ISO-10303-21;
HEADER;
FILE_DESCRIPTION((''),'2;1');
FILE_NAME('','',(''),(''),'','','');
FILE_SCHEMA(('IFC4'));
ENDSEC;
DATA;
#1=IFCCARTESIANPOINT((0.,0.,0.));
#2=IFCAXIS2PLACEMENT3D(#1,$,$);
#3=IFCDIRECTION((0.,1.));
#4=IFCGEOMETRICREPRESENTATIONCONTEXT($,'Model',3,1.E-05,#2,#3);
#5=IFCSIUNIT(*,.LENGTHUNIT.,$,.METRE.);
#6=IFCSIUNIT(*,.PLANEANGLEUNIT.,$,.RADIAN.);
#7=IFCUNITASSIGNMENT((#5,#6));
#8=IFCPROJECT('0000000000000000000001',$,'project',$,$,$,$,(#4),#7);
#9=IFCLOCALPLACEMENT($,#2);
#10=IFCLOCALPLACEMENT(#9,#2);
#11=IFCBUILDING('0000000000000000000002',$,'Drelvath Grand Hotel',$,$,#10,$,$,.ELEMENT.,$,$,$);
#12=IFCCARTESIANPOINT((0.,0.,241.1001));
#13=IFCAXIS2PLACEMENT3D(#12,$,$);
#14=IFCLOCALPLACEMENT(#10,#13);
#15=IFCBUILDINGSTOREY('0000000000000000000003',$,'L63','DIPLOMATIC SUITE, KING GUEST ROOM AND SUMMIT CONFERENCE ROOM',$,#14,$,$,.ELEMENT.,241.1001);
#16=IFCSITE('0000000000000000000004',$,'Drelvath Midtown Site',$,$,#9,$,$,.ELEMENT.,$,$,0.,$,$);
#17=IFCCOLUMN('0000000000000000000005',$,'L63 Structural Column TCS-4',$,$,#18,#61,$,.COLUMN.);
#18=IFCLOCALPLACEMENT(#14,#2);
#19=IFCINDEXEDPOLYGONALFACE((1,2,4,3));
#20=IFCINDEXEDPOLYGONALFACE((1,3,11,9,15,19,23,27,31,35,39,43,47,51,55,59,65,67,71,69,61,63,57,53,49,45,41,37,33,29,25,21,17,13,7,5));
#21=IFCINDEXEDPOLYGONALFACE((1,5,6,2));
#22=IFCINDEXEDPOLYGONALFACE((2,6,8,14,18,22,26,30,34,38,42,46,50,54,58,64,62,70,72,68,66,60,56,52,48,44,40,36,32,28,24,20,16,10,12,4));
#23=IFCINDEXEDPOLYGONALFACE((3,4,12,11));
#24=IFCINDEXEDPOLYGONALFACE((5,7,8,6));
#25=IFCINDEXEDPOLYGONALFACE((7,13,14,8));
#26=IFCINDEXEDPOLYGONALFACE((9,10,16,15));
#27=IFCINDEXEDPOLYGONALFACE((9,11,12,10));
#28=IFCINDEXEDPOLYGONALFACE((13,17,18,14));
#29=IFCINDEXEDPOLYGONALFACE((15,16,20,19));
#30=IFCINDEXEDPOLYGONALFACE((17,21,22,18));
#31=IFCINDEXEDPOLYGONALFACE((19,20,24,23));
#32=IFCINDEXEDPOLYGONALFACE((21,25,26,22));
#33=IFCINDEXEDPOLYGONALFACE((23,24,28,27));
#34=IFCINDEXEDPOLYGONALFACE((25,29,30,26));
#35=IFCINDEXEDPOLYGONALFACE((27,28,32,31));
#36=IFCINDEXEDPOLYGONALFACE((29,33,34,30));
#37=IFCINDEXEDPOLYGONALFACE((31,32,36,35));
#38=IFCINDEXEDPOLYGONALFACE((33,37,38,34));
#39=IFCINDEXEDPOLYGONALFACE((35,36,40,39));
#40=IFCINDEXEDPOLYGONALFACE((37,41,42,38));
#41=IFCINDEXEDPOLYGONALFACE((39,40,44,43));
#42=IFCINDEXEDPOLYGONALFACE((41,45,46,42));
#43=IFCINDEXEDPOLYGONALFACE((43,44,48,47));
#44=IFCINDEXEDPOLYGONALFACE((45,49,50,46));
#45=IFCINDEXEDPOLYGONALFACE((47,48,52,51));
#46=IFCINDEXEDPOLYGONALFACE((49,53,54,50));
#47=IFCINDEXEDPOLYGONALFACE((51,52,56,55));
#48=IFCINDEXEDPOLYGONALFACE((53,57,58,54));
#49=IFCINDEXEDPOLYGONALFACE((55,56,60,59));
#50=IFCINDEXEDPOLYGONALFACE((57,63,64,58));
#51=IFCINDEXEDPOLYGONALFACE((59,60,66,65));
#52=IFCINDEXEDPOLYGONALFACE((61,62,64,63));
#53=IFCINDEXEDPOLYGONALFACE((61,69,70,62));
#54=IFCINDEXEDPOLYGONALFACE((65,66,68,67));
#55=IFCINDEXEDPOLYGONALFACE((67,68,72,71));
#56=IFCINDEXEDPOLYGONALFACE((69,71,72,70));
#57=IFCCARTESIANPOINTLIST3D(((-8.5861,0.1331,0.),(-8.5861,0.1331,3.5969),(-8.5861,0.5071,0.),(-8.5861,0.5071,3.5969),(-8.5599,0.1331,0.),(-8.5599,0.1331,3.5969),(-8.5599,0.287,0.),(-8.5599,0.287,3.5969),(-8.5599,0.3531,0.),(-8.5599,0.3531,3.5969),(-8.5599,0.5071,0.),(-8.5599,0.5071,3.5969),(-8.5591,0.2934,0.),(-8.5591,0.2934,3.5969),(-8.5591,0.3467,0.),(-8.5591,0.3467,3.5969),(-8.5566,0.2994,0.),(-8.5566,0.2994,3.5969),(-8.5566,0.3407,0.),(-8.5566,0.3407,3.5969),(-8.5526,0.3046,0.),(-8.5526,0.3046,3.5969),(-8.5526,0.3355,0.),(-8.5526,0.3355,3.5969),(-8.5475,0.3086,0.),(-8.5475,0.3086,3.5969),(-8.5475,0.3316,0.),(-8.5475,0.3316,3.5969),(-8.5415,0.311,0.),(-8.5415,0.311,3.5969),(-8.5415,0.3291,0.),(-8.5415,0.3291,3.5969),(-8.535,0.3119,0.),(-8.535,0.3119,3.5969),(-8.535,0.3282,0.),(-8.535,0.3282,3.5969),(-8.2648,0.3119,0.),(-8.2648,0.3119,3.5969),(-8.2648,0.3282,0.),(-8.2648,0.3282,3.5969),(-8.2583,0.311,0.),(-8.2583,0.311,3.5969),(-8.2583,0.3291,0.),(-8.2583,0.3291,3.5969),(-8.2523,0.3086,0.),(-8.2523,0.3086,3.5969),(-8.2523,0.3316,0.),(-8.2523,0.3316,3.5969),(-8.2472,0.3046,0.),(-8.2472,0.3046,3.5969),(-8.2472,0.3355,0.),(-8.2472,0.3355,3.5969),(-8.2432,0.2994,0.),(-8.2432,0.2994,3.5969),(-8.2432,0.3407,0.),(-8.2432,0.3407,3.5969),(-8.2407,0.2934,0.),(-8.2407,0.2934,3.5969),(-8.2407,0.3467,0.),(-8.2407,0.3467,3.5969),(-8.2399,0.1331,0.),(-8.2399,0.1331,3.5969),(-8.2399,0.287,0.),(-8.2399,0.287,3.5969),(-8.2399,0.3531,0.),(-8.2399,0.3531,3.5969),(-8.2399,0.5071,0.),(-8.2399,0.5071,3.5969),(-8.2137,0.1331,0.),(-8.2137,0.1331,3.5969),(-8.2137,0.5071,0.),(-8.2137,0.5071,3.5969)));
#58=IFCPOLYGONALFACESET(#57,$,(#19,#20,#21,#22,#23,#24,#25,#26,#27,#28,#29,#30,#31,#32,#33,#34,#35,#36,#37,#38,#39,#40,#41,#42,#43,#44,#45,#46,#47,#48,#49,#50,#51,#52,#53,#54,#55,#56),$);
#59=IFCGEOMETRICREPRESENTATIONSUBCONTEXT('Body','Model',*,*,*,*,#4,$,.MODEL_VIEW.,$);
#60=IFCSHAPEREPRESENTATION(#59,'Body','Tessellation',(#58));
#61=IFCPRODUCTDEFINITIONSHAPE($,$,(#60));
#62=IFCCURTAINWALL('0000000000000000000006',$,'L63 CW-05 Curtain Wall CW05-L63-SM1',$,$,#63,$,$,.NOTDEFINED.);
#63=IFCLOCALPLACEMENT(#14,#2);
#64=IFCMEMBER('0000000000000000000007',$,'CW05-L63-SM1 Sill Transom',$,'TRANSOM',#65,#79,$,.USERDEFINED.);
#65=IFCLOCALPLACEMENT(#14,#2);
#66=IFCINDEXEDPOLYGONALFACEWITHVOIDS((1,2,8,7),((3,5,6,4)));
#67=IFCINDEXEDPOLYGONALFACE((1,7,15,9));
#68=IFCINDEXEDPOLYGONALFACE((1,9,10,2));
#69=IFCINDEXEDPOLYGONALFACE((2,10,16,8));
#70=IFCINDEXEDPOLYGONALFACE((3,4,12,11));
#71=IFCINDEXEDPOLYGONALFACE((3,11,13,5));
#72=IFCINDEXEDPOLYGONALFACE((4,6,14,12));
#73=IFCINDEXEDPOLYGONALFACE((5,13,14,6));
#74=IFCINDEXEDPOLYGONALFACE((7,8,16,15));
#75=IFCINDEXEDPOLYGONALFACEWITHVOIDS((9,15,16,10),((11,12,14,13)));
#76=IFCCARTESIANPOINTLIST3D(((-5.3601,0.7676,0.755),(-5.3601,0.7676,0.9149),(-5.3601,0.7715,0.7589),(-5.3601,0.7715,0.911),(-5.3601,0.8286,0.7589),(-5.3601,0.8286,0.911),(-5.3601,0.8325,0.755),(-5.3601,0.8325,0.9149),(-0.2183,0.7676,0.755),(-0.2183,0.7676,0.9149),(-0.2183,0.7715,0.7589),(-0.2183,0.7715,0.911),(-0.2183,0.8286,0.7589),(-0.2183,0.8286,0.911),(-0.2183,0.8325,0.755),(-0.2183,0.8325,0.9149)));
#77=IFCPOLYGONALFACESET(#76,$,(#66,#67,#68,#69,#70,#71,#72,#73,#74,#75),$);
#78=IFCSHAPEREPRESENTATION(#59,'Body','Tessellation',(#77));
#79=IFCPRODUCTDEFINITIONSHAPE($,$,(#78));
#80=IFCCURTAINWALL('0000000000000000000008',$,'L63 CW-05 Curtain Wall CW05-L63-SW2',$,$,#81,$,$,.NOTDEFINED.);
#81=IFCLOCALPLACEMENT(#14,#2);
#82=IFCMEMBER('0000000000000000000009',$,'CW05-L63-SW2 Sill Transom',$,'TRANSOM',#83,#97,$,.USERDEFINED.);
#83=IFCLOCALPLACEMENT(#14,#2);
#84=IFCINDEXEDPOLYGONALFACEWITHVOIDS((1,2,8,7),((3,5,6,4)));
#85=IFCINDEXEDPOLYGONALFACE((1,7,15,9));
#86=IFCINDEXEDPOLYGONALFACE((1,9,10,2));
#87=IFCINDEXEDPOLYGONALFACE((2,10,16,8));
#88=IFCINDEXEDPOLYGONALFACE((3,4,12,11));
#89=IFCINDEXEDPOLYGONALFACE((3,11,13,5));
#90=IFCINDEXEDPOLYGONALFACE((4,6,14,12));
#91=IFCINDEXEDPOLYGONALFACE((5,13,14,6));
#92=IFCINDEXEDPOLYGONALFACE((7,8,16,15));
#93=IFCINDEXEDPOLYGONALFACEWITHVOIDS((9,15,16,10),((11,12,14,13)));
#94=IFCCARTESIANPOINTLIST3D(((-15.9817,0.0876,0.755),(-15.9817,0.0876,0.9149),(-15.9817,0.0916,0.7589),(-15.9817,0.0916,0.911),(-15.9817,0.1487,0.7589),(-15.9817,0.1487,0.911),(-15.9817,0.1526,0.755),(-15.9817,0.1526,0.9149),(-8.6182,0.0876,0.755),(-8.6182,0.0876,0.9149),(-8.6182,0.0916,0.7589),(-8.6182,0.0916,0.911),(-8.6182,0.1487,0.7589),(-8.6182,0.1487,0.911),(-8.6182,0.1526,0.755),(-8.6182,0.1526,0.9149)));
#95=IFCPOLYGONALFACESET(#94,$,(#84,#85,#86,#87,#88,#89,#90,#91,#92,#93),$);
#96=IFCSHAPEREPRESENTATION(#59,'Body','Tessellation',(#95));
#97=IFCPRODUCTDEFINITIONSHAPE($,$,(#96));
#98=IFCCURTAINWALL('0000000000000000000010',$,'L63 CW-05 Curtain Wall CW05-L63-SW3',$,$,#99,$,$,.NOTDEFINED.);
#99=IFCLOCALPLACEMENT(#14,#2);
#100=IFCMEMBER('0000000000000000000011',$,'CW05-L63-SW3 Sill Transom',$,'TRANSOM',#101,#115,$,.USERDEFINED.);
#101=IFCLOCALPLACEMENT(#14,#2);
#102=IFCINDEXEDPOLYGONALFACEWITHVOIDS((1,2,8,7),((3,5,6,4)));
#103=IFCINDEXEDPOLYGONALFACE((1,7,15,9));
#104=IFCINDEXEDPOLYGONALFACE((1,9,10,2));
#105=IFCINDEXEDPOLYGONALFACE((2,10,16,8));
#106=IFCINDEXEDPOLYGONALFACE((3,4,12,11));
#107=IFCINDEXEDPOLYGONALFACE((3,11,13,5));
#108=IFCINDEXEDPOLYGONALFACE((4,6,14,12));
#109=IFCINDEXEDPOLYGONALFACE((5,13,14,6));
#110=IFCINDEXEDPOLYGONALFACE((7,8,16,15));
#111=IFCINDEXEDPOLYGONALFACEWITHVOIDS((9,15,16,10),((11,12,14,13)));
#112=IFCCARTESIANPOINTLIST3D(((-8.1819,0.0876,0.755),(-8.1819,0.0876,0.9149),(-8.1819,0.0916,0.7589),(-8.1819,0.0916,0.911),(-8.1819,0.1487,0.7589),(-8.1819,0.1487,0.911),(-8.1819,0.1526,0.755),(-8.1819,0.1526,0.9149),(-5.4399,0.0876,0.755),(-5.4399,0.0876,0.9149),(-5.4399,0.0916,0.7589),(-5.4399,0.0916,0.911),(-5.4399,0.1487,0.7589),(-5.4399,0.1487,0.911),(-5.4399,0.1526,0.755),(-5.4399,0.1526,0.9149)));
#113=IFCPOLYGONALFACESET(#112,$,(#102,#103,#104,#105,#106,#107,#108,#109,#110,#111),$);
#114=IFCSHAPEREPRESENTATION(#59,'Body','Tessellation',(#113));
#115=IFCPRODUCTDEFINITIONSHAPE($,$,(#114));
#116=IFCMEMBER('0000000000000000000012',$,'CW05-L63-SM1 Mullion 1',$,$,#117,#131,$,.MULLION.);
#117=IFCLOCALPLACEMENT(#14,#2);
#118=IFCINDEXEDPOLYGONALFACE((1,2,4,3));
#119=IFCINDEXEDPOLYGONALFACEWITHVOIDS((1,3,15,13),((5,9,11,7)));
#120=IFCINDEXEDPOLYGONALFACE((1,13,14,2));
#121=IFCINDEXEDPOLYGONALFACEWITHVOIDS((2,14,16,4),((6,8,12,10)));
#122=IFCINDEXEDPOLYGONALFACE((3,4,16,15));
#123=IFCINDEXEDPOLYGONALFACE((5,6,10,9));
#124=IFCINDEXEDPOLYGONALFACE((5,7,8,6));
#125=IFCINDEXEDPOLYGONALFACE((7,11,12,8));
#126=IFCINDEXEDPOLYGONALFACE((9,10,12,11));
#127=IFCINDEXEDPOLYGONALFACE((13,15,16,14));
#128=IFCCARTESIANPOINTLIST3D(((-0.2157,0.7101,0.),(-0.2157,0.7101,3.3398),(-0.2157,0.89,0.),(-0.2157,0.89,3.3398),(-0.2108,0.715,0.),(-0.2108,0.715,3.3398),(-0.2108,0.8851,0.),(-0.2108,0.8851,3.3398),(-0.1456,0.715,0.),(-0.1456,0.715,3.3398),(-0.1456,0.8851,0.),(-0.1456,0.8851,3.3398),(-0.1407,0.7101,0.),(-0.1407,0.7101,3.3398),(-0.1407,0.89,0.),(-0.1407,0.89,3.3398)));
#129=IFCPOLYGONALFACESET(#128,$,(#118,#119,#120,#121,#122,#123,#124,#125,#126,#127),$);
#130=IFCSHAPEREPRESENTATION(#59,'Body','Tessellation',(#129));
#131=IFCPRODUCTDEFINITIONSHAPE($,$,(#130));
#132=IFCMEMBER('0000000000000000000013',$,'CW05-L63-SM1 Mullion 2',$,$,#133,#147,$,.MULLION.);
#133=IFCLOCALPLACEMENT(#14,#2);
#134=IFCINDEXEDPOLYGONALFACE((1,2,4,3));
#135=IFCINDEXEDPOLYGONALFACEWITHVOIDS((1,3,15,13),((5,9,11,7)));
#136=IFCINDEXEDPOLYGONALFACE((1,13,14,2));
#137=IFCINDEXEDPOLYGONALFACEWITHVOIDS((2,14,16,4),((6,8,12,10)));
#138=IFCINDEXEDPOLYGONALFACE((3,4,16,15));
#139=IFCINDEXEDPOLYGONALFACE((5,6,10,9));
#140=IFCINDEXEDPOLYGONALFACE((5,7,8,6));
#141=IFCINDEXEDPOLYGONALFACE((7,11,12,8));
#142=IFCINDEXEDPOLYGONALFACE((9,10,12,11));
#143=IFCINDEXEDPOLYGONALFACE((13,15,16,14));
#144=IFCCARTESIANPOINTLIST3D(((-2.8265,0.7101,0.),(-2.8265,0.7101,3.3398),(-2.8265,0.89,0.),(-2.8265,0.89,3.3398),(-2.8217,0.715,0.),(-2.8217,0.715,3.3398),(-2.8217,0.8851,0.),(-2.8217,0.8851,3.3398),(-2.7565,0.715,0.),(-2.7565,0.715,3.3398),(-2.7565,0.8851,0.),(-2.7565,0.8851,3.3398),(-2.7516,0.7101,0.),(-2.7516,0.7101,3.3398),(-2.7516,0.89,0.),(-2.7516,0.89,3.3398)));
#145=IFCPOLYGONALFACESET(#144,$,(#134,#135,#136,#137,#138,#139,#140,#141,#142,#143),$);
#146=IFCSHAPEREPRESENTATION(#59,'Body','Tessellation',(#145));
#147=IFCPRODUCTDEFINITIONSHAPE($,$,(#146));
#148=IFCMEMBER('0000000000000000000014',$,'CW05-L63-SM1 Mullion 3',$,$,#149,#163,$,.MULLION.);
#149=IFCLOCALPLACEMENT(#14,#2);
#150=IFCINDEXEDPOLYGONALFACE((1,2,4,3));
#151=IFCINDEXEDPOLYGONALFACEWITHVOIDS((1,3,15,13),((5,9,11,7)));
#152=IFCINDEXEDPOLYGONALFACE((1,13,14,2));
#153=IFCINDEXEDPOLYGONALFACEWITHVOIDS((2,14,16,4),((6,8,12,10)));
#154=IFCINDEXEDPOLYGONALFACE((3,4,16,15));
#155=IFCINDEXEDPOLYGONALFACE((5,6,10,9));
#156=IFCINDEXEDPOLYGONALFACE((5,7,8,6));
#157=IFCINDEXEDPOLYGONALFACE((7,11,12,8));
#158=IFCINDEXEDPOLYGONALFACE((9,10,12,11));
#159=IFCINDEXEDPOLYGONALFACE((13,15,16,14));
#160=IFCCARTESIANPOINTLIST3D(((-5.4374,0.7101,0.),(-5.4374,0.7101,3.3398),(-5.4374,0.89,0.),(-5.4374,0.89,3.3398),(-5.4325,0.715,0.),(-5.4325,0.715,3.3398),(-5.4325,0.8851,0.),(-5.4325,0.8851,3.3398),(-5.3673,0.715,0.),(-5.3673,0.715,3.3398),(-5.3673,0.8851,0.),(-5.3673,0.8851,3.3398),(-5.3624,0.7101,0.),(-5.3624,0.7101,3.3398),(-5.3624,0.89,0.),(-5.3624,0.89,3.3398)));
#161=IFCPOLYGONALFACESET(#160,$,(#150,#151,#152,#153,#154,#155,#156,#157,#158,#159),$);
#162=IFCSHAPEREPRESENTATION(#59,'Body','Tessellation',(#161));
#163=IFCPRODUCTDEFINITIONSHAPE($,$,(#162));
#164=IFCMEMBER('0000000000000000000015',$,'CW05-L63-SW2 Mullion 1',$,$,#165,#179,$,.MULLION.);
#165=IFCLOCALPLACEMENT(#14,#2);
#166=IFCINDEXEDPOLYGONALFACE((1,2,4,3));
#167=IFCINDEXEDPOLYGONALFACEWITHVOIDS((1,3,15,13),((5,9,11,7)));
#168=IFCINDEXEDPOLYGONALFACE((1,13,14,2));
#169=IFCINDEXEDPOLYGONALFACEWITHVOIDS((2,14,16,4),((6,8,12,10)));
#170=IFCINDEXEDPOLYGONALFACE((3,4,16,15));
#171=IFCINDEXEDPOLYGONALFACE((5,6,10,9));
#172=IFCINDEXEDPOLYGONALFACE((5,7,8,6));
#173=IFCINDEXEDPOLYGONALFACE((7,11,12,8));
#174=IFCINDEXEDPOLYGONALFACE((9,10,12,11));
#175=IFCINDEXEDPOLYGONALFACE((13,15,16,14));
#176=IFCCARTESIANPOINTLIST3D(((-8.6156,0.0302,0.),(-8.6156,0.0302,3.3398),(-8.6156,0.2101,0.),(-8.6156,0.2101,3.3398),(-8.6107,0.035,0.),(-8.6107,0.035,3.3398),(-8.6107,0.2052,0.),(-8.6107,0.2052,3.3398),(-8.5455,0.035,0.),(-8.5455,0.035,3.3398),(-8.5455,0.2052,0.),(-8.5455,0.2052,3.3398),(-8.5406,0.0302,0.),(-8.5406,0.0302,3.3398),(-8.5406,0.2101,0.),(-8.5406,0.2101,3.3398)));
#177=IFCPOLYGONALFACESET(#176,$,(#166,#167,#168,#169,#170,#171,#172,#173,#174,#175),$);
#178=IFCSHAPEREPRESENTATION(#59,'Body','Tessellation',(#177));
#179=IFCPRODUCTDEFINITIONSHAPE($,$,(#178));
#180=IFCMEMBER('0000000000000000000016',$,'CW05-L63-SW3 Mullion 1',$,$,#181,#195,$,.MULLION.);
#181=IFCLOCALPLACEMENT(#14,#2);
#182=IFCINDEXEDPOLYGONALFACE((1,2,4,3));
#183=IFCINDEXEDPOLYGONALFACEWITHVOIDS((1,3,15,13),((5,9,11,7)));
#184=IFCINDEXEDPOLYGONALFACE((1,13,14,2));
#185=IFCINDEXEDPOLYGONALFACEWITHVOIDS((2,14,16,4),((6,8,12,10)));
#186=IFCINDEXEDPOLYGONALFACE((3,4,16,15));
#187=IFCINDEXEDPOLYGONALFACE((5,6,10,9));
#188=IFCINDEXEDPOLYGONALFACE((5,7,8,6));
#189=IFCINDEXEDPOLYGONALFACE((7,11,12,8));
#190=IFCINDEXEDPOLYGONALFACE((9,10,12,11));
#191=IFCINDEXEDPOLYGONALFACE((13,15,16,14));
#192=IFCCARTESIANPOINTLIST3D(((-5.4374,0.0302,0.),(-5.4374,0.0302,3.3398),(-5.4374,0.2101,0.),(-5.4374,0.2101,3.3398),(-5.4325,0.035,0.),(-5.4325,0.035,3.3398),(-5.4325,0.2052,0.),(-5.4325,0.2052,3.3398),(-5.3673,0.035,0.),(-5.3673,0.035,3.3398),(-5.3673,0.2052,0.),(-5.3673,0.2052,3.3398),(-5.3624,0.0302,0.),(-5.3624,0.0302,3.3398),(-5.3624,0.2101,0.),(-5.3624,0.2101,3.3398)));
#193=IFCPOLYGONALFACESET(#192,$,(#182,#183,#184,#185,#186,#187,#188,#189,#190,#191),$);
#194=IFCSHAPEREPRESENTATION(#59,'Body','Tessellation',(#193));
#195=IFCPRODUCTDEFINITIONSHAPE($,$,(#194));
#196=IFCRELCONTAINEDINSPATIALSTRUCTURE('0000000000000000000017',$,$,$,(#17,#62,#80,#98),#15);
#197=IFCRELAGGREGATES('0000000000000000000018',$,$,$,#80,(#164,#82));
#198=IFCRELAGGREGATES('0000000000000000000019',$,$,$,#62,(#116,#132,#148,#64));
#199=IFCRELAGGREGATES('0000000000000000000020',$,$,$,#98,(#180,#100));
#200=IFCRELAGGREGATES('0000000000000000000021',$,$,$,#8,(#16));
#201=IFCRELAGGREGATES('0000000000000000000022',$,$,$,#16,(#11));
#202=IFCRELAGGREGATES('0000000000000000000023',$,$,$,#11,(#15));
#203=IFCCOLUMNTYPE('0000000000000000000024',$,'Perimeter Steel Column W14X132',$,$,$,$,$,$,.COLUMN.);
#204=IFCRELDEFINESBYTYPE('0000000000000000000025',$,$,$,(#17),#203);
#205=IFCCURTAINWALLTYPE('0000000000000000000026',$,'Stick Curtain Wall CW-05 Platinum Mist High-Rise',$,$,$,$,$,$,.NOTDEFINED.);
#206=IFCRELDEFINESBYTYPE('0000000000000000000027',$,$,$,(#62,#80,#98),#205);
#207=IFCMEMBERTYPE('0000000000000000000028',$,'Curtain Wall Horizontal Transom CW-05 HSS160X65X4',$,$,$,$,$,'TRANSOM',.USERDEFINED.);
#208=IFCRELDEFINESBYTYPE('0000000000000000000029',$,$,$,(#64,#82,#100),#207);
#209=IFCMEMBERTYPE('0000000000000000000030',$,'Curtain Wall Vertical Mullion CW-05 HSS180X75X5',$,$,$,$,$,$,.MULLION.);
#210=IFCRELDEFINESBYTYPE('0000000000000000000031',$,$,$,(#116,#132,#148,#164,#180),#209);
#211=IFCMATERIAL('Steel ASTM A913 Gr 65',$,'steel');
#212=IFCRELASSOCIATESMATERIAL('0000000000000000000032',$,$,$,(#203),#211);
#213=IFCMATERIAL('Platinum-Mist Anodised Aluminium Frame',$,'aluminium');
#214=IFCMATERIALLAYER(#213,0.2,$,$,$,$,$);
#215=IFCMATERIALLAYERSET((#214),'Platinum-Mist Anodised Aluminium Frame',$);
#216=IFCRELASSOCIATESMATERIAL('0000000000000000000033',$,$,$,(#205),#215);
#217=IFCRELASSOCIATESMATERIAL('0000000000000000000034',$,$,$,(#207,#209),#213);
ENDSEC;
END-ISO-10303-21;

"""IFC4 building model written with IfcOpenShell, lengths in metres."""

from ifc_helpers import new_model, si_unit, direction, frame, origin, origin_2d, place, context, subcontext, project, spatial, hollow_rectangle, i_section, extrude, material, layer, layer_set, material_profile, profile_set, type_object, element, aggregate, save


model = new_model("IFC4")

# Units and contexts
model_context = context("Model", 3, precision=1e-05, world=origin(), true_north=direction((0.0, 1.0)))
body_context = subcontext(model_context, "Body", "Model", "MODEL_VIEW")
ifc_project = project(units=[si_unit("LENGTHUNIT", "METRE"), si_unit("PLANEANGLEUNIT", "RADIAN")], contexts=[model_context])

# Site, building, storey
site_placement = place(None, origin())
site = spatial("IfcSite", under=ifc_project, at=site_placement, Name="Drelvath Midtown Site", CompositionType="ELEMENT", RefElevation=0.0)
building_placement = place(site_placement, origin())
building = spatial("IfcBuilding", under=site, at=building_placement, Name="Drelvath Grand Hotel", CompositionType="ELEMENT")
storey_placement = place(building_placement, frame((0.0, 0.0, 241.1001)))
storey = spatial("IfcBuildingStorey", under=building, at=storey_placement, Name="L63", Description="DIPLOMATIC SUITE, KING GUEST ROOM AND SUMMIT CONFERENCE ROOM", CompositionType="ELEMENT", Elevation=241.1001)

# Column
ifc_material_1 = material(Name="Steel ASTM A913 Gr 65", Category="steel")
ifc_material_profile_1 = material_profile(ifc_material_1, i_section(OverallWidth=0.374, OverallDepth=0.3723, WebThickness=0.0164, FlangeThickness=0.0261, FilletRadius=0.0249, at=origin_2d()), Name="W14X132")
ifc_profile_set_1 = profile_set([ifc_material_profile_1], Name="Steel ASTM A913 Gr 65")
column_type = type_object("IfcColumnType", Name="Perimeter Steel Column W14X132", PredefinedType="COLUMN", material=ifc_profile_set_1)
column_placement = place(storey_placement, frame((-8.3999, 0.3201, 0.0), z_axis=(0.0, 0.0, 1.0), x_axis=(0.0, 1.0, 0.0)))
element("IfcColumn", 1, at=column_placement, inside=storey, type_object=column_type, Name="L63 Structural Column TCS-4", PredefinedType="COLUMN", context=body_context, shape_type="SweptSolid", body=[
    extrude(i_section(OverallWidth=0.374, OverallDepth=0.3723, WebThickness=0.0164, FlangeThickness=0.0261, FilletRadius=0.0249, at=origin_2d()), origin(), (0.0, 0.0, 1.0), 3.5969),
])

# Curtain walls, members
ifc_material_2 = material(Name="Platinum-Mist Anodised Aluminium Frame", Category="aluminium")
ifc_layer_1 = layer(ifc_material_2, 0.2)
ifc_layer_set_1 = layer_set([ifc_layer_1], Name="Platinum-Mist Anodised Aluminium Frame")
curtain_wall_type = type_object("IfcCurtainWallType", Name="Stick Curtain Wall CW-05 Platinum Mist High-Rise", PredefinedType="NOTDEFINED", material=ifc_layer_set_1)
curtain_wall_1_placement = place(storey_placement, origin())
curtain_wall_1 = element("IfcCurtainWall", 2, at=curtain_wall_1_placement, inside=storey, type_object=curtain_wall_type, Name="L63 CW-05 Curtain Wall CW05-L63-SM1", PredefinedType="NOTDEFINED")
ifc_material_profile_2 = material_profile(ifc_material_2, hollow_rectangle(XDim=0.0649, YDim=0.1599, WallThickness=0.0039, at=origin_2d()), Name="HSS160X65X4")
ifc_profile_set_2 = profile_set([ifc_material_profile_2], Name="Platinum-Mist Anodised Aluminium Frame")
member_type_1 = type_object("IfcMemberType", Name="Curtain Wall Horizontal Transom CW-05 HSS160X65X4", ElementType="TRANSOM", PredefinedType="USERDEFINED", material=ifc_profile_set_2)
member_1_placement = place(storey_placement, frame((-0.2183, 0.8, 0.835), z_axis=(-1.0, 0.0, 0.0), x_axis=(0.0, -1.0, 0.0)))
member_1 = element("IfcMember", 3, at=member_1_placement, type_object=member_type_1, Name="CW05-L63-SM1 Sill Transom", ObjectType="TRANSOM", PredefinedType="USERDEFINED", context=body_context, shape_type="SweptSolid", body=[
    extrude(hollow_rectangle(XDim=0.0649, YDim=0.1599, WallThickness=0.0039, at=origin_2d()), origin(), (0.0, 0.0, 1.0), 5.1418),
])
curtain_wall_2_placement = place(storey_placement, origin())
curtain_wall_2 = element("IfcCurtainWall", 4, at=curtain_wall_2_placement, inside=storey, type_object=curtain_wall_type, Name="L63 CW-05 Curtain Wall CW05-L63-SW2", PredefinedType="NOTDEFINED")
member_2_placement = place(storey_placement, frame((-8.6182, 0.1201, 0.835), z_axis=(-1.0, 0.0, 0.0), x_axis=(0.0, -1.0, 0.0)))
member_2 = element("IfcMember", 5, at=member_2_placement, type_object=member_type_1, Name="CW05-L63-SW2 Sill Transom", ObjectType="TRANSOM", PredefinedType="USERDEFINED", context=body_context, shape_type="SweptSolid", body=[
    extrude(hollow_rectangle(XDim=0.0649, YDim=0.1599, WallThickness=0.0039, at=origin_2d()), origin(), (0.0, 0.0, 1.0), 7.3635),
])
curtain_wall_3_placement = place(storey_placement, origin())
curtain_wall_3 = element("IfcCurtainWall", 6, at=curtain_wall_3_placement, inside=storey, type_object=curtain_wall_type, Name="L63 CW-05 Curtain Wall CW05-L63-SW3", PredefinedType="NOTDEFINED")
member_3_placement = place(storey_placement, frame((-5.4399, 0.1201, 0.835), z_axis=(-1.0, 0.0, 0.0), x_axis=(0.0, -1.0, 0.0)))
member_3 = element("IfcMember", 7, at=member_3_placement, type_object=member_type_1, Name="CW05-L63-SW3 Sill Transom", ObjectType="TRANSOM", PredefinedType="USERDEFINED", context=body_context, shape_type="SweptSolid", body=[
    extrude(hollow_rectangle(XDim=0.0649, YDim=0.1599, WallThickness=0.0039, at=origin_2d()), origin(), (0.0, 0.0, 1.0), 2.7419),
])

# Members
ifc_material_profile_3 = material_profile(ifc_material_2, hollow_rectangle(XDim=0.075, YDim=0.1799, WallThickness=0.0049, at=origin_2d()), Name="HSS180X75X5")
ifc_profile_set_3 = profile_set([ifc_material_profile_3], Name="Platinum-Mist Anodised Aluminium Frame")
member_type_2 = type_object("IfcMemberType", Name="Curtain Wall Vertical Mullion CW-05 HSS180X75X5", PredefinedType="MULLION", material=ifc_profile_set_3)
member_4_placement = place(storey_placement, frame((-0.1782, 0.8, 0.0), z_axis=(0.0, 0.0, 1.0), x_axis=(1.0, 0.0, 0.0)))
member_4 = element("IfcMember", 8, at=member_4_placement, type_object=member_type_2, Name="CW05-L63-SM1 Mullion 1", PredefinedType="MULLION", context=body_context, shape_type="SweptSolid", body=[
    extrude(hollow_rectangle(XDim=0.075, YDim=0.1799, WallThickness=0.0049, at=origin_2d()), origin(), (0.0, 0.0, 1.0), 3.3398),
])
member_5_placement = place(storey_placement, frame((-2.7891, 0.8, 0.0), z_axis=(0.0, 0.0, 1.0), x_axis=(1.0, 0.0, 0.0)))
member_5 = element("IfcMember", 9, at=member_5_placement, type_object=member_type_2, Name="CW05-L63-SM1 Mullion 2", PredefinedType="MULLION", context=body_context, shape_type="SweptSolid", body=[
    extrude(hollow_rectangle(XDim=0.075, YDim=0.1799, WallThickness=0.0049, at=origin_2d()), origin(), (0.0, 0.0, 1.0), 3.3398),
])
member_6_placement = place(storey_placement, frame((-5.3999, 0.8, 0.0), z_axis=(0.0, 0.0, 1.0), x_axis=(1.0, 0.0, 0.0)))
member_6 = element("IfcMember", 10, at=member_6_placement, type_object=member_type_2, Name="CW05-L63-SM1 Mullion 3", PredefinedType="MULLION", context=body_context, shape_type="SweptSolid", body=[
    extrude(hollow_rectangle(XDim=0.075, YDim=0.1799, WallThickness=0.0049, at=origin_2d()), origin(), (0.0, 0.0, 1.0), 3.3398),
])
member_7_placement = place(storey_placement, frame((-8.5781, 0.1201, 0.0), z_axis=(0.0, 0.0, 1.0), x_axis=(1.0, 0.0, 0.0)))
member_7 = element("IfcMember", 11, at=member_7_placement, type_object=member_type_2, Name="CW05-L63-SW2 Mullion 1", PredefinedType="MULLION", context=body_context, shape_type="SweptSolid", body=[
    extrude(hollow_rectangle(XDim=0.075, YDim=0.1799, WallThickness=0.0049, at=origin_2d()), origin(), (0.0, 0.0, 1.0), 3.3398),
])
aggregate(curtain_wall_2, [member_7, member_2])
member_8_placement = place(storey_placement, frame((-5.3999, 0.1201, 0.0), z_axis=(0.0, 0.0, 1.0), x_axis=(1.0, 0.0, 0.0)))
member_8 = element("IfcMember", 12, at=member_8_placement, type_object=member_type_2, Name="CW05-L63-SW3 Mullion 1", PredefinedType="MULLION", context=body_context, shape_type="SweptSolid", body=[
    extrude(hollow_rectangle(XDim=0.075, YDim=0.1799, WallThickness=0.0049, at=origin_2d()), origin(), (0.0, 0.0, 1.0), 3.3398),
])

aggregate(curtain_wall_1, [member_4, member_5, member_6, member_1])
aggregate(curtain_wall_3, [member_8, member_3])

save(model, "model.ifc")
